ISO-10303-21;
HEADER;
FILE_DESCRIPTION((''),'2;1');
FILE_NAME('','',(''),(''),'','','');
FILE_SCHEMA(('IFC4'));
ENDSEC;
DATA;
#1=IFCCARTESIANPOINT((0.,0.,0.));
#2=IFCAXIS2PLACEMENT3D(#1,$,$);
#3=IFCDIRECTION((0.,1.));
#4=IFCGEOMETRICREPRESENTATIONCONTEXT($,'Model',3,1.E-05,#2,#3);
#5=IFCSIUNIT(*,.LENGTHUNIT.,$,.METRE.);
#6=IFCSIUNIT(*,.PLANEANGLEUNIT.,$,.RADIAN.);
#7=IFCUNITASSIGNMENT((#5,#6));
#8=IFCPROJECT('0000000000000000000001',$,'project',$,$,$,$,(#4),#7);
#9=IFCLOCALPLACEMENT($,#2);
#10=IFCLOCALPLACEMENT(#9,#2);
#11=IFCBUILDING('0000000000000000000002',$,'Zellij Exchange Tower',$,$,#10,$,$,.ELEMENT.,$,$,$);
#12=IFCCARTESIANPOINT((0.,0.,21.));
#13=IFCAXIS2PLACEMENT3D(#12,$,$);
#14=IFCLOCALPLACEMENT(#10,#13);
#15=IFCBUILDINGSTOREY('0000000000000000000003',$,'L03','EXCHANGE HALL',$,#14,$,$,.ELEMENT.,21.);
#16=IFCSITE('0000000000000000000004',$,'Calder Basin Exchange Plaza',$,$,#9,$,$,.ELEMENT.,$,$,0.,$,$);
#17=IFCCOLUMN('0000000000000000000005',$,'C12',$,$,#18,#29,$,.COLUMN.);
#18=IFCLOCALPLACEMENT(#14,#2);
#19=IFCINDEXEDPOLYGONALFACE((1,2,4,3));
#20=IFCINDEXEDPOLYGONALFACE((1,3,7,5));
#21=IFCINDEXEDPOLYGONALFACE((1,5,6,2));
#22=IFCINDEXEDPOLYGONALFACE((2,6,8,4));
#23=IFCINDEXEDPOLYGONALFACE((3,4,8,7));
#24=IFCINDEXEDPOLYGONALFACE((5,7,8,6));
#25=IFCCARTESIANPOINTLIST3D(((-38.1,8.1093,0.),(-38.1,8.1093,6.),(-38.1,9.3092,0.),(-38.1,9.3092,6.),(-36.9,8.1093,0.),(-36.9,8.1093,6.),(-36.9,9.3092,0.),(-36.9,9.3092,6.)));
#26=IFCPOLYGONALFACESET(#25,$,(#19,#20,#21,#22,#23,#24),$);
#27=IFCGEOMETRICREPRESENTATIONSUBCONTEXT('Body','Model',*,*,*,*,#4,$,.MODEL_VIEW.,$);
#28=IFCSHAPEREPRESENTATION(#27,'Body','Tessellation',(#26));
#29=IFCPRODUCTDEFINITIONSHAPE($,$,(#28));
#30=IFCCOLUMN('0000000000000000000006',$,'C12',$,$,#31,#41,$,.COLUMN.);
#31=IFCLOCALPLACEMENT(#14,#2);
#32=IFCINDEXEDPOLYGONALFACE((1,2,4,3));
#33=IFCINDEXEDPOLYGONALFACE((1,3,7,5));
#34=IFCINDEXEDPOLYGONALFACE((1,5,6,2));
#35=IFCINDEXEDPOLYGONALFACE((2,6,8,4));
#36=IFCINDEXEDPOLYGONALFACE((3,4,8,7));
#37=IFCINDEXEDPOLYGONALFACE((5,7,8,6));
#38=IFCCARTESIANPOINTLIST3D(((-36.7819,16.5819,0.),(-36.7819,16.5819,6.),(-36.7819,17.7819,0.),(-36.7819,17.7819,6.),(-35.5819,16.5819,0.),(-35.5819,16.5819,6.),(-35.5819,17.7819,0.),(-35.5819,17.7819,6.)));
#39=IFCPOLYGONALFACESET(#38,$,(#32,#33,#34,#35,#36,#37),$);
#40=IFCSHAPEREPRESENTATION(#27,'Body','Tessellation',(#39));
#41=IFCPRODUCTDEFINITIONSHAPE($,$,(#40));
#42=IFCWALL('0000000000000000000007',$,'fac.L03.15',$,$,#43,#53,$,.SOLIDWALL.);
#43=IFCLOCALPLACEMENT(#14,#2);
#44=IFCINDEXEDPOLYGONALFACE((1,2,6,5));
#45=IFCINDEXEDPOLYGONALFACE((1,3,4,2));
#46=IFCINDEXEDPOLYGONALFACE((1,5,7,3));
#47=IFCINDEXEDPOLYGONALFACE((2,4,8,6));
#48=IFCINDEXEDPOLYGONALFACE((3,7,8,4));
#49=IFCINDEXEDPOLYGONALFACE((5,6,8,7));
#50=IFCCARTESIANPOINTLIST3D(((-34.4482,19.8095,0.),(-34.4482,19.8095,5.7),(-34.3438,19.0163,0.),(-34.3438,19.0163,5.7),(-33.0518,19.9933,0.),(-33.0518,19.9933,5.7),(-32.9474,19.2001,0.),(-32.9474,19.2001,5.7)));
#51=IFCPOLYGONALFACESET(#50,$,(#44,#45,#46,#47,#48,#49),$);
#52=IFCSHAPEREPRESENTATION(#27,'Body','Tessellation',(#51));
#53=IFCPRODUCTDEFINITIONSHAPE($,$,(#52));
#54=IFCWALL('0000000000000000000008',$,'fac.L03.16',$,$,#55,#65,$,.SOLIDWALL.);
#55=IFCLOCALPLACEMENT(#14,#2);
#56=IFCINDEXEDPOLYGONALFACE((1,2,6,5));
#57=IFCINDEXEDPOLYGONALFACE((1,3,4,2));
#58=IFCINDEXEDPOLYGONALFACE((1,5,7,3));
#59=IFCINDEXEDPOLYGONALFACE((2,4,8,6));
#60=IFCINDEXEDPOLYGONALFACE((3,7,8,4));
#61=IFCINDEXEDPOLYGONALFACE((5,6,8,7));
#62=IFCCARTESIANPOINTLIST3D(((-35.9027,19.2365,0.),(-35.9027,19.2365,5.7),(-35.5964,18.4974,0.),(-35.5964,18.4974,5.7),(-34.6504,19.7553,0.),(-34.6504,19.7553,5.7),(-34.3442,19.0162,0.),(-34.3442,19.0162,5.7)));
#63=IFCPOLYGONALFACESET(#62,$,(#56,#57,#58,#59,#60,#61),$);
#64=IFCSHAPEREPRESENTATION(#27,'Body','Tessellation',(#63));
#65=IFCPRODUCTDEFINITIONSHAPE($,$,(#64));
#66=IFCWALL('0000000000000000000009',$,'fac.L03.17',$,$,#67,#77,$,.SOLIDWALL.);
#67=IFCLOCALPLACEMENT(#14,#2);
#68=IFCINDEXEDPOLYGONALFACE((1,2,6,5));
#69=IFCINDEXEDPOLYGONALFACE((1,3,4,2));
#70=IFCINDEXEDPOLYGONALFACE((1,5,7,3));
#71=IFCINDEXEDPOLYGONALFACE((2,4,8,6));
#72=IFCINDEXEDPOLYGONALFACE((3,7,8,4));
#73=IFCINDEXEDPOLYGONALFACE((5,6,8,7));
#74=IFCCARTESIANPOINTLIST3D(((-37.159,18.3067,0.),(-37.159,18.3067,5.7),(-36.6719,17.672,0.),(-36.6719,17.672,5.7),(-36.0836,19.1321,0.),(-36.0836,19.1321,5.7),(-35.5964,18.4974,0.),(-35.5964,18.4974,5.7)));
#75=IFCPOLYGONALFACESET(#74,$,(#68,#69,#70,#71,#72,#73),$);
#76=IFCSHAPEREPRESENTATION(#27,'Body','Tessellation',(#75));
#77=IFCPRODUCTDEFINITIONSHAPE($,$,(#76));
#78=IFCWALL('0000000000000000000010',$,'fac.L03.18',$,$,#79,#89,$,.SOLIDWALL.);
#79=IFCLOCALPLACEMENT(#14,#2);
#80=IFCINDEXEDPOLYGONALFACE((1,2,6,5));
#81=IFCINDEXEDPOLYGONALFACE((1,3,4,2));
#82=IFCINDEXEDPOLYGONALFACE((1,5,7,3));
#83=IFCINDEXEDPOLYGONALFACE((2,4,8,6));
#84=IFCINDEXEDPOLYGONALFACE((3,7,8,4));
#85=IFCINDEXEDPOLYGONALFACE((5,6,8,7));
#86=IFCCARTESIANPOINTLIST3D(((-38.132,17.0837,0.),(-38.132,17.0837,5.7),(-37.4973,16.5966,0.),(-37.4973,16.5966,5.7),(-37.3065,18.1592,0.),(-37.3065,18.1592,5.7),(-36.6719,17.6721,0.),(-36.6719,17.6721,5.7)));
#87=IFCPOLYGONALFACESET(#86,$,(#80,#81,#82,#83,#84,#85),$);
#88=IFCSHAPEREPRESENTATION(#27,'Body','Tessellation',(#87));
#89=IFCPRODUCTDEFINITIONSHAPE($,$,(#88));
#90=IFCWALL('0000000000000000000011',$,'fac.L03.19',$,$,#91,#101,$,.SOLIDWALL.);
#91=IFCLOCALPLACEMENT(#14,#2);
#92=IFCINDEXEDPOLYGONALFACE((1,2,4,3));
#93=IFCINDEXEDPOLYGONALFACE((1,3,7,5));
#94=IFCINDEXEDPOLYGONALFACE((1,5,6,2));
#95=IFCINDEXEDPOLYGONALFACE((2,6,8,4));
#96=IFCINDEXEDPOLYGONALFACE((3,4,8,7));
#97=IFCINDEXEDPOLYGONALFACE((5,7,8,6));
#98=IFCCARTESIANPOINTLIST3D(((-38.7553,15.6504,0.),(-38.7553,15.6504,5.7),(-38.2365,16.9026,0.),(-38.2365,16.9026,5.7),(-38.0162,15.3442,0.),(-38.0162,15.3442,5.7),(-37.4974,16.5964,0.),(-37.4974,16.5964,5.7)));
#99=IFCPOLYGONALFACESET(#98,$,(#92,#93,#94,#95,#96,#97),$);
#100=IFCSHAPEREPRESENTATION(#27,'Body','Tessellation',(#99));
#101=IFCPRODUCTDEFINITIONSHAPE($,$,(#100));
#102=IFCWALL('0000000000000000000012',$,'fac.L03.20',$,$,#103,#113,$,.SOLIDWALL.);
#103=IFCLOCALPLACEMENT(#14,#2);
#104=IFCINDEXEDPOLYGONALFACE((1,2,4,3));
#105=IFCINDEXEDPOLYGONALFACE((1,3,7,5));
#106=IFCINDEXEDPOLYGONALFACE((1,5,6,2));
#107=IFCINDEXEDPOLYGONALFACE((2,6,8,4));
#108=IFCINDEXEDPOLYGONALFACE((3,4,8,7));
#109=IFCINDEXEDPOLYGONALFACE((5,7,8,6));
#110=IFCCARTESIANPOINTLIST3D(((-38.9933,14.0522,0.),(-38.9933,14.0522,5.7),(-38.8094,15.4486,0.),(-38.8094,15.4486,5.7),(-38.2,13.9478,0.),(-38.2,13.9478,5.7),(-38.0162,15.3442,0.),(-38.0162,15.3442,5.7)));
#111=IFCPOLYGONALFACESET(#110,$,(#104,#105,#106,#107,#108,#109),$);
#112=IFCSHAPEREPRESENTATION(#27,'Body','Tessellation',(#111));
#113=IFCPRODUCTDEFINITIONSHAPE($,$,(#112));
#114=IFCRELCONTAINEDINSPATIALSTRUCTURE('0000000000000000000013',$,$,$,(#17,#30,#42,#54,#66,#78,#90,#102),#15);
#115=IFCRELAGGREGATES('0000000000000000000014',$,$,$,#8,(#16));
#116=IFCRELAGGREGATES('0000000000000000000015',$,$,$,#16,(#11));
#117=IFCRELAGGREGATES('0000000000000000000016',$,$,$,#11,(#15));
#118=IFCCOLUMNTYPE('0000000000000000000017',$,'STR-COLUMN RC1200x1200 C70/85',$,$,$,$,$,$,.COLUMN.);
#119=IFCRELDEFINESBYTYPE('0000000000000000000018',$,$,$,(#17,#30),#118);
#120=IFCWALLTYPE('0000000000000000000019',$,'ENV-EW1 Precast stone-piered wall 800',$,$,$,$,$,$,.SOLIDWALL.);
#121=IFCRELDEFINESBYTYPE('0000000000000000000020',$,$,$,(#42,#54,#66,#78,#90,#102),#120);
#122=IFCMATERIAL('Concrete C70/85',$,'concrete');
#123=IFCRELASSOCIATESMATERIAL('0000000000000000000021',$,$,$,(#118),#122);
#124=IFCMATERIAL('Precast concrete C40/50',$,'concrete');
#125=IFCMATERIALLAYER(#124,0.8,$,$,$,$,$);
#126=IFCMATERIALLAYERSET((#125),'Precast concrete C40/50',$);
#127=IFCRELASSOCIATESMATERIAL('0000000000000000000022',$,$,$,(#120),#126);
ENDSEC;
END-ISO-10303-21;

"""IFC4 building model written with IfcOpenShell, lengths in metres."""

from ifc_helpers import new_model, si_unit, direction, frame, frame_2d, origin, origin_2d, place, context, subcontext, project, spatial, rectangle, extrude, material, layer, layer_set, material_profile, profile_set, type_object, element, save


model = new_model("IFC4")

# Units and contexts
model_context = context("Model", 3, precision=1e-05, world=origin(), true_north=direction((0.0, 1.0)))
body_context = subcontext(model_context, "Body", "Model", "MODEL_VIEW")
ifc_project = project(units=[si_unit("LENGTHUNIT", "METRE"), si_unit("PLANEANGLEUNIT", "RADIAN")], contexts=[model_context])

# Site, building, storey
site_placement = place(None, origin())
site = spatial("IfcSite", under=ifc_project, at=site_placement, Name="Calder Basin Exchange Plaza", CompositionType="ELEMENT", RefElevation=0.0)
building_placement = place(site_placement, origin())
building = spatial("IfcBuilding", under=site, at=building_placement, Name="Zellij Exchange Tower", CompositionType="ELEMENT")
storey_placement = place(building_placement, frame((0.0, 0.0, 21.0)))
storey = spatial("IfcBuildingStorey", under=building, at=storey_placement, Name="L03", Description="EXCHANGE HALL", CompositionType="ELEMENT", Elevation=21.0)

# Columns
ifc_material_1 = material(Name="Concrete C70/85", Category="concrete")
ifc_material_profile = material_profile(ifc_material_1, rectangle(XDim=1.2, YDim=1.2, at=origin_2d()), Name="STR-COLUMN RC1200x1200 C70/85")
ifc_profile_set = profile_set([ifc_material_profile], Name="Concrete C70/85")
column_type = type_object("IfcColumnType", Name="STR-COLUMN RC1200x1200 C70/85", PredefinedType="COLUMN", material=ifc_profile_set)
for number, where, z_axis, x_axis, name in (
    (1, (-37.5, 8.7092, 0.0), (0.0, 0.0, 1.0), (1.0, 0.0, 0.0), "C12"),
    (2, (-36.1819, 17.1819, 0.0), (0.0, 0.0, 1.0), (1.0, 0.0, 0.0), "C12"),
):
    element("IfcColumn", number, at=place(storey_placement, frame(where, z_axis=z_axis, x_axis=x_axis)), inside=storey, type_object=column_type, Name=name, PredefinedType="COLUMN", context=body_context, shape_type="SweptSolid", body=[
        extrude(rectangle(XDim=1.2, YDim=1.2, at=origin_2d()), origin(), (0.0, 0.0, 1.0), 6.0),
    ])

# Walls
ifc_material_2 = material(Name="Precast concrete C40/50", Category="concrete")
ifc_layer_1 = layer(ifc_material_2, 0.8)
ifc_layer_set_1 = layer_set([ifc_layer_1], Name="Precast concrete C40/50")
wall_type_1 = type_object("IfcWallType", Name="ENV-EW1 Precast stone-piered wall 800", PredefinedType="SOLIDWALL", material=ifc_layer_set_1)
wall_1_placement = place(storey_placement, frame((-32.9998, 19.5967, 0.0), z_axis=(0.0, 0.0, 1.0), x_axis=(-0.991446, -0.130517, 0.0)))
element("IfcWall", 3, at=wall_1_placement, inside=storey, type_object=wall_type_1, Name="fac.L03.15", PredefinedType="SOLIDWALL", context=body_context, shape_type="SweptSolid", body=[
    extrude(rectangle(XDim=1.4084, YDim=0.8, at=frame_2d((0.7041, 0.0))), origin(), (0.0, 0.0, 1.0), 5.7),
])
wall_2_placement = place(storey_placement, frame((-34.4973, 19.3857, 0.0), z_axis=(0.0, 0.0, 1.0), x_axis=(-0.923848, -0.38276, 0.0)))
element("IfcWall", 4, at=wall_2_placement, inside=storey, type_object=wall_type_1, Name="fac.L03.16", PredefinedType="SOLIDWALL", context=body_context, shape_type="SweptSolid", body=[
    extrude(rectangle(XDim=1.3555, YDim=0.8, at=frame_2d((0.6777, 0.0))), origin(), (0.0, 0.0, 1.0), 5.7),
])
for number, where, z_axis, x_axis, name in (
    (5, (-35.8401, 18.8147, 0.0), (0.0, 0.0, 1.0), (-0.793273, -0.608866, 0.0), "fac.L03.17"),
    (6, (-36.9893, 17.9155, 0.0), (0.0, 0.0, 1.0), (-0.608866, -0.793273, 0.0), "fac.L03.18"),
):
    element("IfcWall", number, at=place(storey_placement, frame(where, z_axis=z_axis, x_axis=x_axis)), inside=storey, type_object=wall_type_1, Name=name, PredefinedType="SOLIDWALL", context=body_context, shape_type="SweptSolid", body=[
        extrude(rectangle(XDim=1.3557, YDim=0.8, at=frame_2d((0.6777, 0.0))), origin(), (0.0, 0.0, 1.0), 5.7),
    ])
wall_3_placement = place(storey_placement, frame((-37.8669, 16.7495, 0.0), z_axis=(0.0, 0.0, 1.0), x_axis=(-0.38276, -0.923848, 0.0)))
element("IfcWall", 7, at=wall_3_placement, inside=storey, type_object=wall_type_1, Name="fac.L03.19", PredefinedType="SOLIDWALL", context=body_context, shape_type="SweptSolid", body=[
    extrude(rectangle(XDim=1.3555, YDim=0.8, at=frame_2d((0.6777, 0.0))), origin(), (0.0, 0.0, 1.0), 5.7),
])
wall_4_placement = place(storey_placement, frame((-38.4128, 15.3962, 0.0), z_axis=(0.0, 0.0, 1.0), x_axis=(-0.130517, -0.991446, 0.0)))
element("IfcWall", 8, at=wall_4_placement, inside=storey, type_object=wall_type_1, Name="fac.L03.20", PredefinedType="SOLIDWALL", context=body_context, shape_type="SweptSolid", body=[
    extrude(rectangle(XDim=1.4084, YDim=0.8, at=frame_2d((0.7041, 0.0))), origin(), (0.0, 0.0, 1.0), 5.7),
])

save(model, "model.ifc")
